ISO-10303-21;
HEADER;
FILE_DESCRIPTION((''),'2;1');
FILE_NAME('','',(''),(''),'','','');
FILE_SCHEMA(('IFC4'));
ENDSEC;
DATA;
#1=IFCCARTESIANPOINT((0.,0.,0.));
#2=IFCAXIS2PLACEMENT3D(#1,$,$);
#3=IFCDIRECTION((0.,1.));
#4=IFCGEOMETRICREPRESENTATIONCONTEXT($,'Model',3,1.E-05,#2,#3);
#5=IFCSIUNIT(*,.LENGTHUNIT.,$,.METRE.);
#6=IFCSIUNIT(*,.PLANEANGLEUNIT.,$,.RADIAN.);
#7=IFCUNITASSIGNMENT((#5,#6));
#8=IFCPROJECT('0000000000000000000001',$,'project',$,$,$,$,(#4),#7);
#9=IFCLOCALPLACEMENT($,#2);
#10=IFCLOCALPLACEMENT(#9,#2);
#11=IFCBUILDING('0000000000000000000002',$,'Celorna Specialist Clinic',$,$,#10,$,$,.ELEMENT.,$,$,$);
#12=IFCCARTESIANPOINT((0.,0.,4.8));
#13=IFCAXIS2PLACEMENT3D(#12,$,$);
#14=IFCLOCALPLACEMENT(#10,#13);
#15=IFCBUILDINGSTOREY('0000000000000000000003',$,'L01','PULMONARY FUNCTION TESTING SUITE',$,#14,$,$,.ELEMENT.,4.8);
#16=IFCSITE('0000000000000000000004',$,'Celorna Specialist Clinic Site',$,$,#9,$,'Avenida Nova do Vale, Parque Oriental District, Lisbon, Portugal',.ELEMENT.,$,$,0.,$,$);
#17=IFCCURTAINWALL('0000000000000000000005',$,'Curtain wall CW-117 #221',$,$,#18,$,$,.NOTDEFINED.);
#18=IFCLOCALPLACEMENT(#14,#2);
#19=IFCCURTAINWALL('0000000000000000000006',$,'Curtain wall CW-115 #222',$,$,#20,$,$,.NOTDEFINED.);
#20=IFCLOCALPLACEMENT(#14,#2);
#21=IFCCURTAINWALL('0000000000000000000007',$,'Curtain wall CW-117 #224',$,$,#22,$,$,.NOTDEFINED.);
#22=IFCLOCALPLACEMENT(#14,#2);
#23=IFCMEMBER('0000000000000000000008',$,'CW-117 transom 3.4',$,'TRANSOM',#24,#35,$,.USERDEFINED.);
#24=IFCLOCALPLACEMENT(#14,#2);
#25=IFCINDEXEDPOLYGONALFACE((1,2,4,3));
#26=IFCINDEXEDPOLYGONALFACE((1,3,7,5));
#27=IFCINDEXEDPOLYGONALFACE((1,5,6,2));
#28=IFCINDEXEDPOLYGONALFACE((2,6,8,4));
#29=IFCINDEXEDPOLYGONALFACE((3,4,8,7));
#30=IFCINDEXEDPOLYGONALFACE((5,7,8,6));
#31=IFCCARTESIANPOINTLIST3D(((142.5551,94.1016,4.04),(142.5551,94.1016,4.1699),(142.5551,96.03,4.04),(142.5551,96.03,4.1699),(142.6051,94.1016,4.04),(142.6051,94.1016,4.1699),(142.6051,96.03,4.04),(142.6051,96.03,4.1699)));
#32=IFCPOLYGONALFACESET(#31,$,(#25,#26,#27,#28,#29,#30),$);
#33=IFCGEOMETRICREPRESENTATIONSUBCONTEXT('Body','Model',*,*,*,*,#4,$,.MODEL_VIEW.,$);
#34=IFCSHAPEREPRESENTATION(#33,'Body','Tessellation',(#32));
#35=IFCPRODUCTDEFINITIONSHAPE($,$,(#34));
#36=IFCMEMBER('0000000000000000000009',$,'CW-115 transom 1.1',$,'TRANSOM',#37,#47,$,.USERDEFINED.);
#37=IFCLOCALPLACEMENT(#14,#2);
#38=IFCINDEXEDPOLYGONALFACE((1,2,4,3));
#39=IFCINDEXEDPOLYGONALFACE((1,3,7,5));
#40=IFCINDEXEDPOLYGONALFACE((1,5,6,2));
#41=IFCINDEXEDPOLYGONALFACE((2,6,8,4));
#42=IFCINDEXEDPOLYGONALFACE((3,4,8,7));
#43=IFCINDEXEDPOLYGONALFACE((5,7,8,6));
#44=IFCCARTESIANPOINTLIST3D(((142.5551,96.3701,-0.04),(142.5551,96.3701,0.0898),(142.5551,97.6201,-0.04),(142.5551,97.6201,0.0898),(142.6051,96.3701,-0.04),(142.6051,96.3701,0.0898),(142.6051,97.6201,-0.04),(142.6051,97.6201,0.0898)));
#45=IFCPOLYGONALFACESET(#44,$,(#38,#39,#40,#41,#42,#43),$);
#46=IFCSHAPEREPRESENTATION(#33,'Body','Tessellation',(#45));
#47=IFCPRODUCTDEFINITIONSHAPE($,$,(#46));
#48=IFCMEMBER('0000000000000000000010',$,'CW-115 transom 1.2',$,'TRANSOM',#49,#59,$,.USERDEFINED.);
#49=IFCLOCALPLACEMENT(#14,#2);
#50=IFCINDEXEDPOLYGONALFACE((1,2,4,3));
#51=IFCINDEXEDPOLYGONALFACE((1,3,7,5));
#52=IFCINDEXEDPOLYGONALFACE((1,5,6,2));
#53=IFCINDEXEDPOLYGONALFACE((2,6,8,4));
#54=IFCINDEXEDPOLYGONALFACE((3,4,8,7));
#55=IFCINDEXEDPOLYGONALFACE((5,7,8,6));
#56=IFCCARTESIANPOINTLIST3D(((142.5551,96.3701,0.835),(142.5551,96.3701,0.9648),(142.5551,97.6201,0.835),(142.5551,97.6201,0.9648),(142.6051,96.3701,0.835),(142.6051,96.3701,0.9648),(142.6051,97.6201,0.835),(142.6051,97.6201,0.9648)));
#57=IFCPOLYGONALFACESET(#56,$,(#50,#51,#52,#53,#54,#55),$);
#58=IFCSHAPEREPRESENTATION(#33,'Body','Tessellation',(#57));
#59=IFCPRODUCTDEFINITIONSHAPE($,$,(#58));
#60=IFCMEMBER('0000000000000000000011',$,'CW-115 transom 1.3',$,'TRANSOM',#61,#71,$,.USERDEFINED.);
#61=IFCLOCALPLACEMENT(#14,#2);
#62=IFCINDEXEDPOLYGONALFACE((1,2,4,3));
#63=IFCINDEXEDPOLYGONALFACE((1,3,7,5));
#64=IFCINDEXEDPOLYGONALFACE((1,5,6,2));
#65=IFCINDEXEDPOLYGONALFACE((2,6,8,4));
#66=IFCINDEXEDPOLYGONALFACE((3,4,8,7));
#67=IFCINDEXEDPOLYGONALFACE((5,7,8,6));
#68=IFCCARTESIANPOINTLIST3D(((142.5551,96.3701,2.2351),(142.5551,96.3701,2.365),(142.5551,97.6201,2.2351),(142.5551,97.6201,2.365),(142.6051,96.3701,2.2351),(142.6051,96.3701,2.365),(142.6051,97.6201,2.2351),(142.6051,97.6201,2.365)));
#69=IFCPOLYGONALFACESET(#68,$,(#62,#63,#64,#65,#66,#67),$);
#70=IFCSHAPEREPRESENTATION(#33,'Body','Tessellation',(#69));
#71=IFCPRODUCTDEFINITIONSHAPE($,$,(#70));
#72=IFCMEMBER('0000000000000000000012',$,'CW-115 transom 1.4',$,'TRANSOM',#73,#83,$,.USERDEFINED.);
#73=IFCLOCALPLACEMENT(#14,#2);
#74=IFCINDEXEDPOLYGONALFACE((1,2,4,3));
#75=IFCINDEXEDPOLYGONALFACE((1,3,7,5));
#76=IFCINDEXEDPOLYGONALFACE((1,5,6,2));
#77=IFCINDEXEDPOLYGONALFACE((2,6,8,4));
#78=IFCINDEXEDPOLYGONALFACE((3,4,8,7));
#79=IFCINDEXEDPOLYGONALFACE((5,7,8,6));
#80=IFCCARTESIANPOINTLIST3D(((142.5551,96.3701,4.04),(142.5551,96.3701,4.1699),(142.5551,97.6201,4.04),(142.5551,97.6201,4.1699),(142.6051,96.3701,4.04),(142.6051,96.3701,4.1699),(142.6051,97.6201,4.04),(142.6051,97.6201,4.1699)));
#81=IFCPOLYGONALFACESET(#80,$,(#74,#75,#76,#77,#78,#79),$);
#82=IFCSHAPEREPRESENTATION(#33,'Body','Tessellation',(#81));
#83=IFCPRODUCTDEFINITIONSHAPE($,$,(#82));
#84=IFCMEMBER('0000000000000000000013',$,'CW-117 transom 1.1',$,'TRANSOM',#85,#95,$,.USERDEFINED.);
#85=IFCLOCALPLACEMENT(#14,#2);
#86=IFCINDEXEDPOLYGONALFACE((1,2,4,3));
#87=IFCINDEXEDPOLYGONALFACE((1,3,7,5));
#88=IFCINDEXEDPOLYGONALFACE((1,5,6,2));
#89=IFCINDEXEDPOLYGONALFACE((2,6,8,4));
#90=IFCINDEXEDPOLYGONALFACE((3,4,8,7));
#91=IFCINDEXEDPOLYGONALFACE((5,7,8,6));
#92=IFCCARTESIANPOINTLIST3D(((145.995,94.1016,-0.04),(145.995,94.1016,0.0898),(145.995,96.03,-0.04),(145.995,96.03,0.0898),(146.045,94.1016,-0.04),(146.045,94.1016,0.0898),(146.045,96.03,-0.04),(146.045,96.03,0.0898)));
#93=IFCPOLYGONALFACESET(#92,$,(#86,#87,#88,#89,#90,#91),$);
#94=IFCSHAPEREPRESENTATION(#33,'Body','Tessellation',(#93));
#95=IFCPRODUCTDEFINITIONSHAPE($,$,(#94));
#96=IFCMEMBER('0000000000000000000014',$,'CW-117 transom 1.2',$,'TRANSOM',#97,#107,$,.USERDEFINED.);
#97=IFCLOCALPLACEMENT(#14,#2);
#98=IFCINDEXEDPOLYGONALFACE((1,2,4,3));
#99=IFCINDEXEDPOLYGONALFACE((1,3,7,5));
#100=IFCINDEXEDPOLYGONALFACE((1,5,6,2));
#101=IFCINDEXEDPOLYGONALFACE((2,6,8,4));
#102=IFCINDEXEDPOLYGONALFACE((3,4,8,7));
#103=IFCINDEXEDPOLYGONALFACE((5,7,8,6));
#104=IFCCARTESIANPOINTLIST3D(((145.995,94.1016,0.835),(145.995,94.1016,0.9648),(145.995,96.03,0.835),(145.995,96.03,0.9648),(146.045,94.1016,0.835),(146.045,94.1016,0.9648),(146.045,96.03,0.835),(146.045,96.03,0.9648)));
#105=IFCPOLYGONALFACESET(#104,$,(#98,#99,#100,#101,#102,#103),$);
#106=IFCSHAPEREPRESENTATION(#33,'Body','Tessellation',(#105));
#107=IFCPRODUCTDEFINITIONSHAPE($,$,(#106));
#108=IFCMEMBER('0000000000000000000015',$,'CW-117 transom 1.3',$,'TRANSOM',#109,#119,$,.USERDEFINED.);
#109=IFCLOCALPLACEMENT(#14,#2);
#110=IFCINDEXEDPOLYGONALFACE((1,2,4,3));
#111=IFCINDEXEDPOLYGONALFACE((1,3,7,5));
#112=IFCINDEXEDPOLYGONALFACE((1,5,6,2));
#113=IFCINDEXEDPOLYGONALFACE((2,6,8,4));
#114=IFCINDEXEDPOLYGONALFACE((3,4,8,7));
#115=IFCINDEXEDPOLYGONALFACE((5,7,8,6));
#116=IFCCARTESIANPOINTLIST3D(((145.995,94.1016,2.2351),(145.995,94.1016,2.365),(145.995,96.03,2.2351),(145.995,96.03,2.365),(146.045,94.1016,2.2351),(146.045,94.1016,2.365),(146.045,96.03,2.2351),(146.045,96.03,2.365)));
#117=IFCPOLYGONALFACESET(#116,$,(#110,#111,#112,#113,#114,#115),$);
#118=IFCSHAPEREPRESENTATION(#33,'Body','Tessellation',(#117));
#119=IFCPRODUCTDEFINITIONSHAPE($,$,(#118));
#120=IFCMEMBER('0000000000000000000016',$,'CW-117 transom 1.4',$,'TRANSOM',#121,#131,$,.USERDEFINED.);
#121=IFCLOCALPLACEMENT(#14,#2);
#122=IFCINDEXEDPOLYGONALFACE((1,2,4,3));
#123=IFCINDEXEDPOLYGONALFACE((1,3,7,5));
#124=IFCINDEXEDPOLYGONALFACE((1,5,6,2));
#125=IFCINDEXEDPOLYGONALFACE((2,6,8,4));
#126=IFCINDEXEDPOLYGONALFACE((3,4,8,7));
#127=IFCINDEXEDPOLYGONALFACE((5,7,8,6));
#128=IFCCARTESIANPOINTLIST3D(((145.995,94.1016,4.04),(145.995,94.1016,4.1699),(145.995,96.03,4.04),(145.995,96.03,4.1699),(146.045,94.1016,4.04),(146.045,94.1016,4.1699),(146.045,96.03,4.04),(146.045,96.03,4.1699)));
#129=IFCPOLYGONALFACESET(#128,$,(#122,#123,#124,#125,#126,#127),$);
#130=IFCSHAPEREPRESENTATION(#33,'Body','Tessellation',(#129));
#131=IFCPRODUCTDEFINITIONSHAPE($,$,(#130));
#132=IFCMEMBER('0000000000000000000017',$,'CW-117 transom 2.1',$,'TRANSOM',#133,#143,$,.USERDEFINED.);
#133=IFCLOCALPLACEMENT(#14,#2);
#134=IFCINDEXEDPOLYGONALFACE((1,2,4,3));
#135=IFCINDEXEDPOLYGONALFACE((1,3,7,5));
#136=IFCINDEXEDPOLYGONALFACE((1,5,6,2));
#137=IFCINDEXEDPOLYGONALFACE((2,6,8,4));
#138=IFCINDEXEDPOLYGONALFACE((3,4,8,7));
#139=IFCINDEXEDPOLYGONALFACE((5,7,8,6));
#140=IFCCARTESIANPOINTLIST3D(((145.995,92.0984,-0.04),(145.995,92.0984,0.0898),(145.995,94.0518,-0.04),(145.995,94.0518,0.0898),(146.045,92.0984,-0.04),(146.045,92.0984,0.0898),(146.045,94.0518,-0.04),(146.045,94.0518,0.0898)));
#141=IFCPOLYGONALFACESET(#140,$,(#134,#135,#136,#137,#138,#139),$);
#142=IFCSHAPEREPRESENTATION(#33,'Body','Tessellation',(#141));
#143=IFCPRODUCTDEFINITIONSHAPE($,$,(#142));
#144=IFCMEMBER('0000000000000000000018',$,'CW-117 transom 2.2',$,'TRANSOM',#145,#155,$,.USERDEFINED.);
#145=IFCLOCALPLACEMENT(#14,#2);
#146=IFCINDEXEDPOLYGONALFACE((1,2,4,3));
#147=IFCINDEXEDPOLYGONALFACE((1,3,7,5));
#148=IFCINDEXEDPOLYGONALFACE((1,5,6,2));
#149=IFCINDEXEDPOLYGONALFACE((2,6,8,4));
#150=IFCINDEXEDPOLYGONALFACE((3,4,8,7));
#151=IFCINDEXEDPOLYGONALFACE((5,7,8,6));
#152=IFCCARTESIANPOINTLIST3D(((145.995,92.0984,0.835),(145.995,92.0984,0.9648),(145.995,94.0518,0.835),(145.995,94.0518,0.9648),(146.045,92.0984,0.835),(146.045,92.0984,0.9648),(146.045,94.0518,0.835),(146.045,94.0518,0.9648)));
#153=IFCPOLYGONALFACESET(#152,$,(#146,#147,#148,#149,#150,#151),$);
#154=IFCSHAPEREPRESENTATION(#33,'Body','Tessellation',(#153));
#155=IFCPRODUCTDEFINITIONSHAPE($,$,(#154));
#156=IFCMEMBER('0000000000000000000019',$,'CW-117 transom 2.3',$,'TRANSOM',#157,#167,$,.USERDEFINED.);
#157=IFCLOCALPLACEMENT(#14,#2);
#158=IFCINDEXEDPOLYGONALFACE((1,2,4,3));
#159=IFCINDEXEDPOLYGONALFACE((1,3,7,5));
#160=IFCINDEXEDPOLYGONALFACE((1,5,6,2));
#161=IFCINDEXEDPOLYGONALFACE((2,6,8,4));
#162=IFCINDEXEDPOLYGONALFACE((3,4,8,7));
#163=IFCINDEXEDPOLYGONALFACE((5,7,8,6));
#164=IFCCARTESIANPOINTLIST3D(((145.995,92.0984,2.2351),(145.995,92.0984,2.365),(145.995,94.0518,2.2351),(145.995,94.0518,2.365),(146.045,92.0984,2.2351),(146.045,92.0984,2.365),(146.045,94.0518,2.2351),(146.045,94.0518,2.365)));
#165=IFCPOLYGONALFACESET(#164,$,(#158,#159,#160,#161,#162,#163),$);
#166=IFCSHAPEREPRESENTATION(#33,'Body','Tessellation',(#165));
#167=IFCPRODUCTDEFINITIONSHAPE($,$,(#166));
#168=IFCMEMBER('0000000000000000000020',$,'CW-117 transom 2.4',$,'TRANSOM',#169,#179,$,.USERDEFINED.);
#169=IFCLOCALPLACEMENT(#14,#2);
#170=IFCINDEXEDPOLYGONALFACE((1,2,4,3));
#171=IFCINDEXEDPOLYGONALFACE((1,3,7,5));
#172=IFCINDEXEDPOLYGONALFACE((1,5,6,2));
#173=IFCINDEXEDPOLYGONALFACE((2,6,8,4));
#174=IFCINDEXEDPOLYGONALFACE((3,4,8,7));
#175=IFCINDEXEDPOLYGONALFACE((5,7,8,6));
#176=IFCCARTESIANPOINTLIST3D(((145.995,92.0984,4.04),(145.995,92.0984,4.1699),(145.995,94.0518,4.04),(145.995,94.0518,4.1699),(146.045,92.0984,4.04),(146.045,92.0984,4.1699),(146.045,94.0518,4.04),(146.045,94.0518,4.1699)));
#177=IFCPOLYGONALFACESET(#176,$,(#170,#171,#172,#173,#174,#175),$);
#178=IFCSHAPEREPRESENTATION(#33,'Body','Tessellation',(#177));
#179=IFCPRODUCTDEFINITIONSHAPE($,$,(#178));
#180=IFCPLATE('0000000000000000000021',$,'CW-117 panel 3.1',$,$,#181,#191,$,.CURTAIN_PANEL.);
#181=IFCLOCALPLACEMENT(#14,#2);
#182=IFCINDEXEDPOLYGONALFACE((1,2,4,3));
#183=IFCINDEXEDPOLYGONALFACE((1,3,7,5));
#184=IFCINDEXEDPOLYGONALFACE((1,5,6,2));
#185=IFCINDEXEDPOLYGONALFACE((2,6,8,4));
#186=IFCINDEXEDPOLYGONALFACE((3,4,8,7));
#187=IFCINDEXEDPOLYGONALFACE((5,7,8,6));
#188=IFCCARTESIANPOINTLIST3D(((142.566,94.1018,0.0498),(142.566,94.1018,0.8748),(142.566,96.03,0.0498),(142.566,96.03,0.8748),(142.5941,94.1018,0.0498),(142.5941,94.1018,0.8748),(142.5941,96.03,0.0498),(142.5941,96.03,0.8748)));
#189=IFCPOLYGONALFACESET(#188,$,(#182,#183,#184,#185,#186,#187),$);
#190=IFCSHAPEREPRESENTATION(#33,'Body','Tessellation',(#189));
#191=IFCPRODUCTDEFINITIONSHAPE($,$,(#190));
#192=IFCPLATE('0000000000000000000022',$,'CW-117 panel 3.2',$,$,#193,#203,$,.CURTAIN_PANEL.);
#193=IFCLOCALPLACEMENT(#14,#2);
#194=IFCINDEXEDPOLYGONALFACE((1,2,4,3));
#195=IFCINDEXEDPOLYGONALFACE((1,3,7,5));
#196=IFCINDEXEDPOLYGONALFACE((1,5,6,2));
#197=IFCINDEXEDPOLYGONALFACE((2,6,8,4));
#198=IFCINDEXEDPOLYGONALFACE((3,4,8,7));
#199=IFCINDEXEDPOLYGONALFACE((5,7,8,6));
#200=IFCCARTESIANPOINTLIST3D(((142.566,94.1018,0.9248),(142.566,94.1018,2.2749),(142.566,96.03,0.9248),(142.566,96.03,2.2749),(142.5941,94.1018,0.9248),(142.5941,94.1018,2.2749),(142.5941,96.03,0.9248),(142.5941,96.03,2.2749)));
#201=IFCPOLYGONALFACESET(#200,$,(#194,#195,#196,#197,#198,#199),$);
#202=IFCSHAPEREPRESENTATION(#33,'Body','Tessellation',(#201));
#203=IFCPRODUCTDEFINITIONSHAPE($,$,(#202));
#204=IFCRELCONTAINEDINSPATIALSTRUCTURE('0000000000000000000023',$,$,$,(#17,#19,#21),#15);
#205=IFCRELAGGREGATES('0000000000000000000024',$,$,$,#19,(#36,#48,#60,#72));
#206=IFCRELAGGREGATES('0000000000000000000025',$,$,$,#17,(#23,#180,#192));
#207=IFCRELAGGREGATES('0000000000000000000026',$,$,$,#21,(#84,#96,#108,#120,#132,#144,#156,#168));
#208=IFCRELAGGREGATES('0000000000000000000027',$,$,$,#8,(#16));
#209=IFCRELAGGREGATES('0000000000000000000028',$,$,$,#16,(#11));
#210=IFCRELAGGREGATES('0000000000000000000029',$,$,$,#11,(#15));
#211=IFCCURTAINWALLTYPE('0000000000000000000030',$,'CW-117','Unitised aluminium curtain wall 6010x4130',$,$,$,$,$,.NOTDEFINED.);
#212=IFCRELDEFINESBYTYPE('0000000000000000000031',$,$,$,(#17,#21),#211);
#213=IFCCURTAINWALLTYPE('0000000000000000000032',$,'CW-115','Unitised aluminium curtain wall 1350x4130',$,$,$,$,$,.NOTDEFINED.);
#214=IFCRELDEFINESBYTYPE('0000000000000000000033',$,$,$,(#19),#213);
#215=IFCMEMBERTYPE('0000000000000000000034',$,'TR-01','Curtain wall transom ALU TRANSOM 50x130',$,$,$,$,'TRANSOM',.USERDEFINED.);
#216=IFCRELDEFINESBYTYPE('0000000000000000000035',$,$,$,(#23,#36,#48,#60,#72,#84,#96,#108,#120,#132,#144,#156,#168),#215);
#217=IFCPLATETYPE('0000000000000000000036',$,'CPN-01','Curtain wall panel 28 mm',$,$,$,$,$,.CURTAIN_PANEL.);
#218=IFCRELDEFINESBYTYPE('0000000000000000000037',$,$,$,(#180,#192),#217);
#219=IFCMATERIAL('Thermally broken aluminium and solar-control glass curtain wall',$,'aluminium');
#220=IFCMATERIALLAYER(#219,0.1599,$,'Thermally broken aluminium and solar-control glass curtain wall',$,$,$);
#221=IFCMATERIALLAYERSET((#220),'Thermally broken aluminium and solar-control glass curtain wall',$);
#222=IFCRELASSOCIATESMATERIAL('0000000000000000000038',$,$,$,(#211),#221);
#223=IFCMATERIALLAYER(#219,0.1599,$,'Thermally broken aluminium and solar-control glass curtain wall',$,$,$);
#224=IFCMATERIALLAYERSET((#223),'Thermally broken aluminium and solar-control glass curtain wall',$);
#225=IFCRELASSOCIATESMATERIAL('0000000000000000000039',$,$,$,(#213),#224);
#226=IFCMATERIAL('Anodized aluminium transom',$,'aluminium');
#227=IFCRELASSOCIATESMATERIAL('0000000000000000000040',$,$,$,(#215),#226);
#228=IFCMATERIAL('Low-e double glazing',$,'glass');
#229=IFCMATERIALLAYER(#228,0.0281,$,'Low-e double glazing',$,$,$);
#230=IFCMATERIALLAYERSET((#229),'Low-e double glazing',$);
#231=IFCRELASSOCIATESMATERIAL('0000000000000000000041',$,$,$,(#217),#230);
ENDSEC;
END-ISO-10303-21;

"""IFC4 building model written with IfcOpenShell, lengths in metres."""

from ifc_helpers import new_model, si_unit, direction, frame, origin, origin_2d, place, context, subcontext, project, spatial, rectangle, extrude, material, layer, layer_set, material_profile, profile_set, type_object, element, aggregate, save


model = new_model("IFC4")

# Units and contexts
model_context = context("Model", 3, precision=1e-05, world=origin(), true_north=direction((0.0, 1.0)))
body_context = subcontext(model_context, "Body", "Model", "MODEL_VIEW")
ifc_project = project(units=[si_unit("LENGTHUNIT", "METRE"), si_unit("PLANEANGLEUNIT", "RADIAN")], contexts=[model_context])

# Site, building, storey
site_placement = place(None, origin())
site = spatial("IfcSite", under=ifc_project, at=site_placement, Name="Celorna Specialist Clinic Site", LongName="Avenida Nova do Vale, Parque Oriental District, Lisbon, Portugal", CompositionType="ELEMENT", RefElevation=0.0)
building_placement = place(site_placement, origin())
building = spatial("IfcBuilding", under=site, at=building_placement, Name="Celorna Specialist Clinic", CompositionType="ELEMENT")
storey_placement = place(building_placement, frame((0.0, 0.0, 4.8)))
storey = spatial("IfcBuildingStorey", under=building, at=storey_placement, Name="L01", Description="PULMONARY FUNCTION TESTING SUITE", CompositionType="ELEMENT", Elevation=4.8)

# Curtain wall
ifc_material_1 = material(Name="Thermally broken aluminium and solar-control glass curtain wall", Category="aluminium")
ifc_layer_1 = layer(ifc_material_1, 0.1599, Name="Thermally broken aluminium and solar-control glass curtain wall")
ifc_layer_set_1 = layer_set([ifc_layer_1], Name="Thermally broken aluminium and solar-control glass curtain wall")
curtain_wall_type_1 = type_object("IfcCurtainWallType", Name="CW-117", Description="Unitised aluminium curtain wall 6010x4130", PredefinedType="NOTDEFINED", material=ifc_layer_set_1)
curtain_wall_1_placement = place(storey_placement, origin())
curtain_wall_1 = element("IfcCurtainWall", 1, at=curtain_wall_1_placement, inside=storey, type_object=curtain_wall_type_1, Name="Curtain wall CW-117 #221", PredefinedType="NOTDEFINED")

# Curtain wall
ifc_layer_2 = layer(ifc_material_1, 0.1599, Name="Thermally broken aluminium and solar-control glass curtain wall")
ifc_layer_set_2 = layer_set([ifc_layer_2], Name="Thermally broken aluminium and solar-control glass curtain wall")
curtain_wall_type_2 = type_object("IfcCurtainWallType", Name="CW-115", Description="Unitised aluminium curtain wall 1350x4130", PredefinedType="NOTDEFINED", material=ifc_layer_set_2)
curtain_wall_2_placement = place(storey_placement, origin())
curtain_wall_2 = element("IfcCurtainWall", 2, at=curtain_wall_2_placement, inside=storey, type_object=curtain_wall_type_2, Name="Curtain wall CW-115 #222", PredefinedType="NOTDEFINED")

# Curtain wall
curtain_wall_3_placement = place(storey_placement, origin())
curtain_wall_3 = element("IfcCurtainWall", 3, at=curtain_wall_3_placement, inside=storey, type_object=curtain_wall_type_1, Name="Curtain wall CW-117 #224", PredefinedType="NOTDEFINED")

# Members
ifc_material_2 = material(Name="Anodized aluminium transom", Category="aluminium")
ifc_material_profile_1 = material_profile(ifc_material_2, rectangle(XDim=0.05, YDim=0.1299, at=origin_2d()), Name="ALU TRANSOM 50x130")
ifc_profile_set_1 = profile_set([ifc_material_profile_1], Name="Anodized aluminium transom")
member_type_1 = type_object("IfcMemberType", Name="TR-01", Description="Curtain wall transom ALU TRANSOM 50x130", ElementType="TRANSOM", PredefinedType="USERDEFINED", material=ifc_profile_set_1)
member_1_placement = place(storey_placement, frame((142.5801, 94.1016, 4.105), z_axis=(0.0, 1.0, 0.0), x_axis=(-1.0, 0.0, 0.0)))
member_1 = element("IfcMember", 4, at=member_1_placement, type_object=member_type_1, Name="CW-117 transom 3.4", ObjectType="TRANSOM", PredefinedType="USERDEFINED", context=body_context, shape_type="SweptSolid", body=[
    extrude(rectangle(XDim=0.05, YDim=0.1299, at=origin_2d()), origin(), (0.0, 0.0, 1.0), 1.9285),
])
member_2_placement = place(storey_placement, frame((142.5801, 96.3701, 0.0249), z_axis=(0.0, 1.0, 0.0), x_axis=(-1.0, 0.0, 0.0)))
member_2 = element("IfcMember", 5, at=member_2_placement, type_object=member_type_1, Name="CW-115 transom 1.1", ObjectType="TRANSOM", PredefinedType="USERDEFINED", context=body_context, shape_type="SweptSolid", body=[
    extrude(rectangle(XDim=0.05, YDim=0.1299, at=origin_2d()), origin(), (0.0, 0.0, 1.0), 1.25),
])
member_3_placement = place(storey_placement, frame((142.5801, 96.3701, 0.8999), z_axis=(0.0, 1.0, 0.0), x_axis=(-1.0, 0.0, 0.0)))
member_3 = element("IfcMember", 6, at=member_3_placement, type_object=member_type_1, Name="CW-115 transom 1.2", ObjectType="TRANSOM", PredefinedType="USERDEFINED", context=body_context, shape_type="SweptSolid", body=[
    extrude(rectangle(XDim=0.05, YDim=0.1299, at=origin_2d()), origin(), (0.0, 0.0, 1.0), 1.25),
])
member_4_placement = place(storey_placement, frame((142.5801, 96.3701, 2.3), z_axis=(0.0, 1.0, 0.0), x_axis=(-1.0, 0.0, 0.0)))
member_4 = element("IfcMember", 7, at=member_4_placement, type_object=member_type_1, Name="CW-115 transom 1.3", ObjectType="TRANSOM", PredefinedType="USERDEFINED", context=body_context, shape_type="SweptSolid", body=[
    extrude(rectangle(XDim=0.05, YDim=0.1299, at=origin_2d()), origin(), (0.0, 0.0, 1.0), 1.25),
])
member_5_placement = place(storey_placement, frame((142.5801, 96.3701, 4.105), z_axis=(0.0, 1.0, 0.0), x_axis=(-1.0, 0.0, 0.0)))
member_5 = element("IfcMember", 8, at=member_5_placement, type_object=member_type_1, Name="CW-115 transom 1.4", ObjectType="TRANSOM", PredefinedType="USERDEFINED", context=body_context, shape_type="SweptSolid", body=[
    extrude(rectangle(XDim=0.05, YDim=0.1299, at=origin_2d()), origin(), (0.0, 0.0, 1.0), 1.25),
])
aggregate(curtain_wall_2, [member_2, member_3, member_4, member_5])
member_6_placement = place(storey_placement, frame((146.02, 96.03, 0.0249), z_axis=(0.0, -1.0, 0.0), x_axis=(1.0, 0.0, 0.0)))
member_6 = element("IfcMember", 9, at=member_6_placement, type_object=member_type_1, Name="CW-117 transom 1.1", ObjectType="TRANSOM", PredefinedType="USERDEFINED", context=body_context, shape_type="SweptSolid", body=[
    extrude(rectangle(XDim=0.05, YDim=0.1299, at=origin_2d()), origin(), (0.0, 0.0, 1.0), 1.9285),
])
member_7_placement = place(storey_placement, frame((146.02, 96.03, 0.8999), z_axis=(0.0, -1.0, 0.0), x_axis=(1.0, 0.0, 0.0)))
member_7 = element("IfcMember", 10, at=member_7_placement, type_object=member_type_1, Name="CW-117 transom 1.2", ObjectType="TRANSOM", PredefinedType="USERDEFINED", context=body_context, shape_type="SweptSolid", body=[
    extrude(rectangle(XDim=0.05, YDim=0.1299, at=origin_2d()), origin(), (0.0, 0.0, 1.0), 1.9285),
])
member_8_placement = place(storey_placement, frame((146.02, 96.03, 2.3), z_axis=(0.0, -1.0, 0.0), x_axis=(1.0, 0.0, 0.0)))
member_8 = element("IfcMember", 11, at=member_8_placement, type_object=member_type_1, Name="CW-117 transom 1.3", ObjectType="TRANSOM", PredefinedType="USERDEFINED", context=body_context, shape_type="SweptSolid", body=[
    extrude(rectangle(XDim=0.05, YDim=0.1299, at=origin_2d()), origin(), (0.0, 0.0, 1.0), 1.9285),
])
member_9_placement = place(storey_placement, frame((146.02, 96.03, 4.105), z_axis=(0.0, -1.0, 0.0), x_axis=(1.0, 0.0, 0.0)))
member_9 = element("IfcMember", 12, at=member_9_placement, type_object=member_type_1, Name="CW-117 transom 1.4", ObjectType="TRANSOM", PredefinedType="USERDEFINED", context=body_context, shape_type="SweptSolid", body=[
    extrude(rectangle(XDim=0.05, YDim=0.1299, at=origin_2d()), origin(), (0.0, 0.0, 1.0), 1.9285),
])
member_10_placement = place(storey_placement, frame((146.02, 94.0518, 0.0249), z_axis=(0.0, -1.0, 0.0), x_axis=(1.0, 0.0, 0.0)))
member_10 = element("IfcMember", 13, at=member_10_placement, type_object=member_type_1, Name="CW-117 transom 2.1", ObjectType="TRANSOM", PredefinedType="USERDEFINED", context=body_context, shape_type="SweptSolid", body=[
    extrude(rectangle(XDim=0.05, YDim=0.1299, at=origin_2d()), origin(), (0.0, 0.0, 1.0), 1.9534),
])
member_11_placement = place(storey_placement, frame((146.02, 94.0518, 0.8999), z_axis=(0.0, -1.0, 0.0), x_axis=(1.0, 0.0, 0.0)))
member_11 = element("IfcMember", 14, at=member_11_placement, type_object=member_type_1, Name="CW-117 transom 2.2", ObjectType="TRANSOM", PredefinedType="USERDEFINED", context=body_context, shape_type="SweptSolid", body=[
    extrude(rectangle(XDim=0.05, YDim=0.1299, at=origin_2d()), origin(), (0.0, 0.0, 1.0), 1.9534),
])
member_12_placement = place(storey_placement, frame((146.02, 94.0518, 2.3), z_axis=(0.0, -1.0, 0.0), x_axis=(1.0, 0.0, 0.0)))
member_12 = element("IfcMember", 15, at=member_12_placement, type_object=member_type_1, Name="CW-117 transom 2.3", ObjectType="TRANSOM", PredefinedType="USERDEFINED", context=body_context, shape_type="SweptSolid", body=[
    extrude(rectangle(XDim=0.05, YDim=0.1299, at=origin_2d()), origin(), (0.0, 0.0, 1.0), 1.9534),
])
member_13_placement = place(storey_placement, frame((146.02, 94.0518, 4.105), z_axis=(0.0, -1.0, 0.0), x_axis=(1.0, 0.0, 0.0)))
member_13 = element("IfcMember", 16, at=member_13_placement, type_object=member_type_1, Name="CW-117 transom 2.4", ObjectType="TRANSOM", PredefinedType="USERDEFINED", context=body_context, shape_type="SweptSolid", body=[
    extrude(rectangle(XDim=0.05, YDim=0.1299, at=origin_2d()), origin(), (0.0, 0.0, 1.0), 1.9534),
])

# Plates
ifc_material_3 = material(Name="Low-e double glazing", Category="glass")
ifc_layer_3 = layer(ifc_material_3, 0.0281, Name="Low-e double glazing")
ifc_layer_set_3 = layer_set([ifc_layer_3], Name="Low-e double glazing")
plate_type_1 = type_object("IfcPlateType", Name="CPN-01", Description="Curtain wall panel 28 mm", PredefinedType="CURTAIN_PANEL", material=ifc_layer_set_3)
plate_1_placement = place(storey_placement, frame((142.5801, 95.0659, 0.0498), z_axis=(0.0, 0.0, 1.0), x_axis=(0.0, 1.0, 0.0)))
plate_1 = element("IfcPlate", 17, at=plate_1_placement, type_object=plate_type_1, Name="CW-117 panel 3.1", PredefinedType="CURTAIN_PANEL", context=body_context, shape_type="SweptSolid", body=[
    extrude(rectangle(XDim=1.9282, YDim=0.0281, at=origin_2d()), origin(), (0.0, 0.0, 1.0), 0.825),
])
plate_2_placement = place(storey_placement, frame((142.5801, 95.0659, 0.9248), z_axis=(0.0, 0.0, 1.0), x_axis=(0.0, 1.0, 0.0)))
plate_2 = element("IfcPlate", 18, at=plate_2_placement, type_object=plate_type_1, Name="CW-117 panel 3.2", PredefinedType="CURTAIN_PANEL", context=body_context, shape_type="SweptSolid", body=[
    extrude(rectangle(XDim=1.9282, YDim=0.0281, at=origin_2d()), origin(), (0.0, 0.0, 1.0), 1.3501),
])
aggregate(curtain_wall_1, [member_1, plate_1, plate_2])
aggregate(curtain_wall_3, [member_6, member_7, member_8, member_9, member_10, member_11, member_12, member_13])

save(model, "model.ifc")
